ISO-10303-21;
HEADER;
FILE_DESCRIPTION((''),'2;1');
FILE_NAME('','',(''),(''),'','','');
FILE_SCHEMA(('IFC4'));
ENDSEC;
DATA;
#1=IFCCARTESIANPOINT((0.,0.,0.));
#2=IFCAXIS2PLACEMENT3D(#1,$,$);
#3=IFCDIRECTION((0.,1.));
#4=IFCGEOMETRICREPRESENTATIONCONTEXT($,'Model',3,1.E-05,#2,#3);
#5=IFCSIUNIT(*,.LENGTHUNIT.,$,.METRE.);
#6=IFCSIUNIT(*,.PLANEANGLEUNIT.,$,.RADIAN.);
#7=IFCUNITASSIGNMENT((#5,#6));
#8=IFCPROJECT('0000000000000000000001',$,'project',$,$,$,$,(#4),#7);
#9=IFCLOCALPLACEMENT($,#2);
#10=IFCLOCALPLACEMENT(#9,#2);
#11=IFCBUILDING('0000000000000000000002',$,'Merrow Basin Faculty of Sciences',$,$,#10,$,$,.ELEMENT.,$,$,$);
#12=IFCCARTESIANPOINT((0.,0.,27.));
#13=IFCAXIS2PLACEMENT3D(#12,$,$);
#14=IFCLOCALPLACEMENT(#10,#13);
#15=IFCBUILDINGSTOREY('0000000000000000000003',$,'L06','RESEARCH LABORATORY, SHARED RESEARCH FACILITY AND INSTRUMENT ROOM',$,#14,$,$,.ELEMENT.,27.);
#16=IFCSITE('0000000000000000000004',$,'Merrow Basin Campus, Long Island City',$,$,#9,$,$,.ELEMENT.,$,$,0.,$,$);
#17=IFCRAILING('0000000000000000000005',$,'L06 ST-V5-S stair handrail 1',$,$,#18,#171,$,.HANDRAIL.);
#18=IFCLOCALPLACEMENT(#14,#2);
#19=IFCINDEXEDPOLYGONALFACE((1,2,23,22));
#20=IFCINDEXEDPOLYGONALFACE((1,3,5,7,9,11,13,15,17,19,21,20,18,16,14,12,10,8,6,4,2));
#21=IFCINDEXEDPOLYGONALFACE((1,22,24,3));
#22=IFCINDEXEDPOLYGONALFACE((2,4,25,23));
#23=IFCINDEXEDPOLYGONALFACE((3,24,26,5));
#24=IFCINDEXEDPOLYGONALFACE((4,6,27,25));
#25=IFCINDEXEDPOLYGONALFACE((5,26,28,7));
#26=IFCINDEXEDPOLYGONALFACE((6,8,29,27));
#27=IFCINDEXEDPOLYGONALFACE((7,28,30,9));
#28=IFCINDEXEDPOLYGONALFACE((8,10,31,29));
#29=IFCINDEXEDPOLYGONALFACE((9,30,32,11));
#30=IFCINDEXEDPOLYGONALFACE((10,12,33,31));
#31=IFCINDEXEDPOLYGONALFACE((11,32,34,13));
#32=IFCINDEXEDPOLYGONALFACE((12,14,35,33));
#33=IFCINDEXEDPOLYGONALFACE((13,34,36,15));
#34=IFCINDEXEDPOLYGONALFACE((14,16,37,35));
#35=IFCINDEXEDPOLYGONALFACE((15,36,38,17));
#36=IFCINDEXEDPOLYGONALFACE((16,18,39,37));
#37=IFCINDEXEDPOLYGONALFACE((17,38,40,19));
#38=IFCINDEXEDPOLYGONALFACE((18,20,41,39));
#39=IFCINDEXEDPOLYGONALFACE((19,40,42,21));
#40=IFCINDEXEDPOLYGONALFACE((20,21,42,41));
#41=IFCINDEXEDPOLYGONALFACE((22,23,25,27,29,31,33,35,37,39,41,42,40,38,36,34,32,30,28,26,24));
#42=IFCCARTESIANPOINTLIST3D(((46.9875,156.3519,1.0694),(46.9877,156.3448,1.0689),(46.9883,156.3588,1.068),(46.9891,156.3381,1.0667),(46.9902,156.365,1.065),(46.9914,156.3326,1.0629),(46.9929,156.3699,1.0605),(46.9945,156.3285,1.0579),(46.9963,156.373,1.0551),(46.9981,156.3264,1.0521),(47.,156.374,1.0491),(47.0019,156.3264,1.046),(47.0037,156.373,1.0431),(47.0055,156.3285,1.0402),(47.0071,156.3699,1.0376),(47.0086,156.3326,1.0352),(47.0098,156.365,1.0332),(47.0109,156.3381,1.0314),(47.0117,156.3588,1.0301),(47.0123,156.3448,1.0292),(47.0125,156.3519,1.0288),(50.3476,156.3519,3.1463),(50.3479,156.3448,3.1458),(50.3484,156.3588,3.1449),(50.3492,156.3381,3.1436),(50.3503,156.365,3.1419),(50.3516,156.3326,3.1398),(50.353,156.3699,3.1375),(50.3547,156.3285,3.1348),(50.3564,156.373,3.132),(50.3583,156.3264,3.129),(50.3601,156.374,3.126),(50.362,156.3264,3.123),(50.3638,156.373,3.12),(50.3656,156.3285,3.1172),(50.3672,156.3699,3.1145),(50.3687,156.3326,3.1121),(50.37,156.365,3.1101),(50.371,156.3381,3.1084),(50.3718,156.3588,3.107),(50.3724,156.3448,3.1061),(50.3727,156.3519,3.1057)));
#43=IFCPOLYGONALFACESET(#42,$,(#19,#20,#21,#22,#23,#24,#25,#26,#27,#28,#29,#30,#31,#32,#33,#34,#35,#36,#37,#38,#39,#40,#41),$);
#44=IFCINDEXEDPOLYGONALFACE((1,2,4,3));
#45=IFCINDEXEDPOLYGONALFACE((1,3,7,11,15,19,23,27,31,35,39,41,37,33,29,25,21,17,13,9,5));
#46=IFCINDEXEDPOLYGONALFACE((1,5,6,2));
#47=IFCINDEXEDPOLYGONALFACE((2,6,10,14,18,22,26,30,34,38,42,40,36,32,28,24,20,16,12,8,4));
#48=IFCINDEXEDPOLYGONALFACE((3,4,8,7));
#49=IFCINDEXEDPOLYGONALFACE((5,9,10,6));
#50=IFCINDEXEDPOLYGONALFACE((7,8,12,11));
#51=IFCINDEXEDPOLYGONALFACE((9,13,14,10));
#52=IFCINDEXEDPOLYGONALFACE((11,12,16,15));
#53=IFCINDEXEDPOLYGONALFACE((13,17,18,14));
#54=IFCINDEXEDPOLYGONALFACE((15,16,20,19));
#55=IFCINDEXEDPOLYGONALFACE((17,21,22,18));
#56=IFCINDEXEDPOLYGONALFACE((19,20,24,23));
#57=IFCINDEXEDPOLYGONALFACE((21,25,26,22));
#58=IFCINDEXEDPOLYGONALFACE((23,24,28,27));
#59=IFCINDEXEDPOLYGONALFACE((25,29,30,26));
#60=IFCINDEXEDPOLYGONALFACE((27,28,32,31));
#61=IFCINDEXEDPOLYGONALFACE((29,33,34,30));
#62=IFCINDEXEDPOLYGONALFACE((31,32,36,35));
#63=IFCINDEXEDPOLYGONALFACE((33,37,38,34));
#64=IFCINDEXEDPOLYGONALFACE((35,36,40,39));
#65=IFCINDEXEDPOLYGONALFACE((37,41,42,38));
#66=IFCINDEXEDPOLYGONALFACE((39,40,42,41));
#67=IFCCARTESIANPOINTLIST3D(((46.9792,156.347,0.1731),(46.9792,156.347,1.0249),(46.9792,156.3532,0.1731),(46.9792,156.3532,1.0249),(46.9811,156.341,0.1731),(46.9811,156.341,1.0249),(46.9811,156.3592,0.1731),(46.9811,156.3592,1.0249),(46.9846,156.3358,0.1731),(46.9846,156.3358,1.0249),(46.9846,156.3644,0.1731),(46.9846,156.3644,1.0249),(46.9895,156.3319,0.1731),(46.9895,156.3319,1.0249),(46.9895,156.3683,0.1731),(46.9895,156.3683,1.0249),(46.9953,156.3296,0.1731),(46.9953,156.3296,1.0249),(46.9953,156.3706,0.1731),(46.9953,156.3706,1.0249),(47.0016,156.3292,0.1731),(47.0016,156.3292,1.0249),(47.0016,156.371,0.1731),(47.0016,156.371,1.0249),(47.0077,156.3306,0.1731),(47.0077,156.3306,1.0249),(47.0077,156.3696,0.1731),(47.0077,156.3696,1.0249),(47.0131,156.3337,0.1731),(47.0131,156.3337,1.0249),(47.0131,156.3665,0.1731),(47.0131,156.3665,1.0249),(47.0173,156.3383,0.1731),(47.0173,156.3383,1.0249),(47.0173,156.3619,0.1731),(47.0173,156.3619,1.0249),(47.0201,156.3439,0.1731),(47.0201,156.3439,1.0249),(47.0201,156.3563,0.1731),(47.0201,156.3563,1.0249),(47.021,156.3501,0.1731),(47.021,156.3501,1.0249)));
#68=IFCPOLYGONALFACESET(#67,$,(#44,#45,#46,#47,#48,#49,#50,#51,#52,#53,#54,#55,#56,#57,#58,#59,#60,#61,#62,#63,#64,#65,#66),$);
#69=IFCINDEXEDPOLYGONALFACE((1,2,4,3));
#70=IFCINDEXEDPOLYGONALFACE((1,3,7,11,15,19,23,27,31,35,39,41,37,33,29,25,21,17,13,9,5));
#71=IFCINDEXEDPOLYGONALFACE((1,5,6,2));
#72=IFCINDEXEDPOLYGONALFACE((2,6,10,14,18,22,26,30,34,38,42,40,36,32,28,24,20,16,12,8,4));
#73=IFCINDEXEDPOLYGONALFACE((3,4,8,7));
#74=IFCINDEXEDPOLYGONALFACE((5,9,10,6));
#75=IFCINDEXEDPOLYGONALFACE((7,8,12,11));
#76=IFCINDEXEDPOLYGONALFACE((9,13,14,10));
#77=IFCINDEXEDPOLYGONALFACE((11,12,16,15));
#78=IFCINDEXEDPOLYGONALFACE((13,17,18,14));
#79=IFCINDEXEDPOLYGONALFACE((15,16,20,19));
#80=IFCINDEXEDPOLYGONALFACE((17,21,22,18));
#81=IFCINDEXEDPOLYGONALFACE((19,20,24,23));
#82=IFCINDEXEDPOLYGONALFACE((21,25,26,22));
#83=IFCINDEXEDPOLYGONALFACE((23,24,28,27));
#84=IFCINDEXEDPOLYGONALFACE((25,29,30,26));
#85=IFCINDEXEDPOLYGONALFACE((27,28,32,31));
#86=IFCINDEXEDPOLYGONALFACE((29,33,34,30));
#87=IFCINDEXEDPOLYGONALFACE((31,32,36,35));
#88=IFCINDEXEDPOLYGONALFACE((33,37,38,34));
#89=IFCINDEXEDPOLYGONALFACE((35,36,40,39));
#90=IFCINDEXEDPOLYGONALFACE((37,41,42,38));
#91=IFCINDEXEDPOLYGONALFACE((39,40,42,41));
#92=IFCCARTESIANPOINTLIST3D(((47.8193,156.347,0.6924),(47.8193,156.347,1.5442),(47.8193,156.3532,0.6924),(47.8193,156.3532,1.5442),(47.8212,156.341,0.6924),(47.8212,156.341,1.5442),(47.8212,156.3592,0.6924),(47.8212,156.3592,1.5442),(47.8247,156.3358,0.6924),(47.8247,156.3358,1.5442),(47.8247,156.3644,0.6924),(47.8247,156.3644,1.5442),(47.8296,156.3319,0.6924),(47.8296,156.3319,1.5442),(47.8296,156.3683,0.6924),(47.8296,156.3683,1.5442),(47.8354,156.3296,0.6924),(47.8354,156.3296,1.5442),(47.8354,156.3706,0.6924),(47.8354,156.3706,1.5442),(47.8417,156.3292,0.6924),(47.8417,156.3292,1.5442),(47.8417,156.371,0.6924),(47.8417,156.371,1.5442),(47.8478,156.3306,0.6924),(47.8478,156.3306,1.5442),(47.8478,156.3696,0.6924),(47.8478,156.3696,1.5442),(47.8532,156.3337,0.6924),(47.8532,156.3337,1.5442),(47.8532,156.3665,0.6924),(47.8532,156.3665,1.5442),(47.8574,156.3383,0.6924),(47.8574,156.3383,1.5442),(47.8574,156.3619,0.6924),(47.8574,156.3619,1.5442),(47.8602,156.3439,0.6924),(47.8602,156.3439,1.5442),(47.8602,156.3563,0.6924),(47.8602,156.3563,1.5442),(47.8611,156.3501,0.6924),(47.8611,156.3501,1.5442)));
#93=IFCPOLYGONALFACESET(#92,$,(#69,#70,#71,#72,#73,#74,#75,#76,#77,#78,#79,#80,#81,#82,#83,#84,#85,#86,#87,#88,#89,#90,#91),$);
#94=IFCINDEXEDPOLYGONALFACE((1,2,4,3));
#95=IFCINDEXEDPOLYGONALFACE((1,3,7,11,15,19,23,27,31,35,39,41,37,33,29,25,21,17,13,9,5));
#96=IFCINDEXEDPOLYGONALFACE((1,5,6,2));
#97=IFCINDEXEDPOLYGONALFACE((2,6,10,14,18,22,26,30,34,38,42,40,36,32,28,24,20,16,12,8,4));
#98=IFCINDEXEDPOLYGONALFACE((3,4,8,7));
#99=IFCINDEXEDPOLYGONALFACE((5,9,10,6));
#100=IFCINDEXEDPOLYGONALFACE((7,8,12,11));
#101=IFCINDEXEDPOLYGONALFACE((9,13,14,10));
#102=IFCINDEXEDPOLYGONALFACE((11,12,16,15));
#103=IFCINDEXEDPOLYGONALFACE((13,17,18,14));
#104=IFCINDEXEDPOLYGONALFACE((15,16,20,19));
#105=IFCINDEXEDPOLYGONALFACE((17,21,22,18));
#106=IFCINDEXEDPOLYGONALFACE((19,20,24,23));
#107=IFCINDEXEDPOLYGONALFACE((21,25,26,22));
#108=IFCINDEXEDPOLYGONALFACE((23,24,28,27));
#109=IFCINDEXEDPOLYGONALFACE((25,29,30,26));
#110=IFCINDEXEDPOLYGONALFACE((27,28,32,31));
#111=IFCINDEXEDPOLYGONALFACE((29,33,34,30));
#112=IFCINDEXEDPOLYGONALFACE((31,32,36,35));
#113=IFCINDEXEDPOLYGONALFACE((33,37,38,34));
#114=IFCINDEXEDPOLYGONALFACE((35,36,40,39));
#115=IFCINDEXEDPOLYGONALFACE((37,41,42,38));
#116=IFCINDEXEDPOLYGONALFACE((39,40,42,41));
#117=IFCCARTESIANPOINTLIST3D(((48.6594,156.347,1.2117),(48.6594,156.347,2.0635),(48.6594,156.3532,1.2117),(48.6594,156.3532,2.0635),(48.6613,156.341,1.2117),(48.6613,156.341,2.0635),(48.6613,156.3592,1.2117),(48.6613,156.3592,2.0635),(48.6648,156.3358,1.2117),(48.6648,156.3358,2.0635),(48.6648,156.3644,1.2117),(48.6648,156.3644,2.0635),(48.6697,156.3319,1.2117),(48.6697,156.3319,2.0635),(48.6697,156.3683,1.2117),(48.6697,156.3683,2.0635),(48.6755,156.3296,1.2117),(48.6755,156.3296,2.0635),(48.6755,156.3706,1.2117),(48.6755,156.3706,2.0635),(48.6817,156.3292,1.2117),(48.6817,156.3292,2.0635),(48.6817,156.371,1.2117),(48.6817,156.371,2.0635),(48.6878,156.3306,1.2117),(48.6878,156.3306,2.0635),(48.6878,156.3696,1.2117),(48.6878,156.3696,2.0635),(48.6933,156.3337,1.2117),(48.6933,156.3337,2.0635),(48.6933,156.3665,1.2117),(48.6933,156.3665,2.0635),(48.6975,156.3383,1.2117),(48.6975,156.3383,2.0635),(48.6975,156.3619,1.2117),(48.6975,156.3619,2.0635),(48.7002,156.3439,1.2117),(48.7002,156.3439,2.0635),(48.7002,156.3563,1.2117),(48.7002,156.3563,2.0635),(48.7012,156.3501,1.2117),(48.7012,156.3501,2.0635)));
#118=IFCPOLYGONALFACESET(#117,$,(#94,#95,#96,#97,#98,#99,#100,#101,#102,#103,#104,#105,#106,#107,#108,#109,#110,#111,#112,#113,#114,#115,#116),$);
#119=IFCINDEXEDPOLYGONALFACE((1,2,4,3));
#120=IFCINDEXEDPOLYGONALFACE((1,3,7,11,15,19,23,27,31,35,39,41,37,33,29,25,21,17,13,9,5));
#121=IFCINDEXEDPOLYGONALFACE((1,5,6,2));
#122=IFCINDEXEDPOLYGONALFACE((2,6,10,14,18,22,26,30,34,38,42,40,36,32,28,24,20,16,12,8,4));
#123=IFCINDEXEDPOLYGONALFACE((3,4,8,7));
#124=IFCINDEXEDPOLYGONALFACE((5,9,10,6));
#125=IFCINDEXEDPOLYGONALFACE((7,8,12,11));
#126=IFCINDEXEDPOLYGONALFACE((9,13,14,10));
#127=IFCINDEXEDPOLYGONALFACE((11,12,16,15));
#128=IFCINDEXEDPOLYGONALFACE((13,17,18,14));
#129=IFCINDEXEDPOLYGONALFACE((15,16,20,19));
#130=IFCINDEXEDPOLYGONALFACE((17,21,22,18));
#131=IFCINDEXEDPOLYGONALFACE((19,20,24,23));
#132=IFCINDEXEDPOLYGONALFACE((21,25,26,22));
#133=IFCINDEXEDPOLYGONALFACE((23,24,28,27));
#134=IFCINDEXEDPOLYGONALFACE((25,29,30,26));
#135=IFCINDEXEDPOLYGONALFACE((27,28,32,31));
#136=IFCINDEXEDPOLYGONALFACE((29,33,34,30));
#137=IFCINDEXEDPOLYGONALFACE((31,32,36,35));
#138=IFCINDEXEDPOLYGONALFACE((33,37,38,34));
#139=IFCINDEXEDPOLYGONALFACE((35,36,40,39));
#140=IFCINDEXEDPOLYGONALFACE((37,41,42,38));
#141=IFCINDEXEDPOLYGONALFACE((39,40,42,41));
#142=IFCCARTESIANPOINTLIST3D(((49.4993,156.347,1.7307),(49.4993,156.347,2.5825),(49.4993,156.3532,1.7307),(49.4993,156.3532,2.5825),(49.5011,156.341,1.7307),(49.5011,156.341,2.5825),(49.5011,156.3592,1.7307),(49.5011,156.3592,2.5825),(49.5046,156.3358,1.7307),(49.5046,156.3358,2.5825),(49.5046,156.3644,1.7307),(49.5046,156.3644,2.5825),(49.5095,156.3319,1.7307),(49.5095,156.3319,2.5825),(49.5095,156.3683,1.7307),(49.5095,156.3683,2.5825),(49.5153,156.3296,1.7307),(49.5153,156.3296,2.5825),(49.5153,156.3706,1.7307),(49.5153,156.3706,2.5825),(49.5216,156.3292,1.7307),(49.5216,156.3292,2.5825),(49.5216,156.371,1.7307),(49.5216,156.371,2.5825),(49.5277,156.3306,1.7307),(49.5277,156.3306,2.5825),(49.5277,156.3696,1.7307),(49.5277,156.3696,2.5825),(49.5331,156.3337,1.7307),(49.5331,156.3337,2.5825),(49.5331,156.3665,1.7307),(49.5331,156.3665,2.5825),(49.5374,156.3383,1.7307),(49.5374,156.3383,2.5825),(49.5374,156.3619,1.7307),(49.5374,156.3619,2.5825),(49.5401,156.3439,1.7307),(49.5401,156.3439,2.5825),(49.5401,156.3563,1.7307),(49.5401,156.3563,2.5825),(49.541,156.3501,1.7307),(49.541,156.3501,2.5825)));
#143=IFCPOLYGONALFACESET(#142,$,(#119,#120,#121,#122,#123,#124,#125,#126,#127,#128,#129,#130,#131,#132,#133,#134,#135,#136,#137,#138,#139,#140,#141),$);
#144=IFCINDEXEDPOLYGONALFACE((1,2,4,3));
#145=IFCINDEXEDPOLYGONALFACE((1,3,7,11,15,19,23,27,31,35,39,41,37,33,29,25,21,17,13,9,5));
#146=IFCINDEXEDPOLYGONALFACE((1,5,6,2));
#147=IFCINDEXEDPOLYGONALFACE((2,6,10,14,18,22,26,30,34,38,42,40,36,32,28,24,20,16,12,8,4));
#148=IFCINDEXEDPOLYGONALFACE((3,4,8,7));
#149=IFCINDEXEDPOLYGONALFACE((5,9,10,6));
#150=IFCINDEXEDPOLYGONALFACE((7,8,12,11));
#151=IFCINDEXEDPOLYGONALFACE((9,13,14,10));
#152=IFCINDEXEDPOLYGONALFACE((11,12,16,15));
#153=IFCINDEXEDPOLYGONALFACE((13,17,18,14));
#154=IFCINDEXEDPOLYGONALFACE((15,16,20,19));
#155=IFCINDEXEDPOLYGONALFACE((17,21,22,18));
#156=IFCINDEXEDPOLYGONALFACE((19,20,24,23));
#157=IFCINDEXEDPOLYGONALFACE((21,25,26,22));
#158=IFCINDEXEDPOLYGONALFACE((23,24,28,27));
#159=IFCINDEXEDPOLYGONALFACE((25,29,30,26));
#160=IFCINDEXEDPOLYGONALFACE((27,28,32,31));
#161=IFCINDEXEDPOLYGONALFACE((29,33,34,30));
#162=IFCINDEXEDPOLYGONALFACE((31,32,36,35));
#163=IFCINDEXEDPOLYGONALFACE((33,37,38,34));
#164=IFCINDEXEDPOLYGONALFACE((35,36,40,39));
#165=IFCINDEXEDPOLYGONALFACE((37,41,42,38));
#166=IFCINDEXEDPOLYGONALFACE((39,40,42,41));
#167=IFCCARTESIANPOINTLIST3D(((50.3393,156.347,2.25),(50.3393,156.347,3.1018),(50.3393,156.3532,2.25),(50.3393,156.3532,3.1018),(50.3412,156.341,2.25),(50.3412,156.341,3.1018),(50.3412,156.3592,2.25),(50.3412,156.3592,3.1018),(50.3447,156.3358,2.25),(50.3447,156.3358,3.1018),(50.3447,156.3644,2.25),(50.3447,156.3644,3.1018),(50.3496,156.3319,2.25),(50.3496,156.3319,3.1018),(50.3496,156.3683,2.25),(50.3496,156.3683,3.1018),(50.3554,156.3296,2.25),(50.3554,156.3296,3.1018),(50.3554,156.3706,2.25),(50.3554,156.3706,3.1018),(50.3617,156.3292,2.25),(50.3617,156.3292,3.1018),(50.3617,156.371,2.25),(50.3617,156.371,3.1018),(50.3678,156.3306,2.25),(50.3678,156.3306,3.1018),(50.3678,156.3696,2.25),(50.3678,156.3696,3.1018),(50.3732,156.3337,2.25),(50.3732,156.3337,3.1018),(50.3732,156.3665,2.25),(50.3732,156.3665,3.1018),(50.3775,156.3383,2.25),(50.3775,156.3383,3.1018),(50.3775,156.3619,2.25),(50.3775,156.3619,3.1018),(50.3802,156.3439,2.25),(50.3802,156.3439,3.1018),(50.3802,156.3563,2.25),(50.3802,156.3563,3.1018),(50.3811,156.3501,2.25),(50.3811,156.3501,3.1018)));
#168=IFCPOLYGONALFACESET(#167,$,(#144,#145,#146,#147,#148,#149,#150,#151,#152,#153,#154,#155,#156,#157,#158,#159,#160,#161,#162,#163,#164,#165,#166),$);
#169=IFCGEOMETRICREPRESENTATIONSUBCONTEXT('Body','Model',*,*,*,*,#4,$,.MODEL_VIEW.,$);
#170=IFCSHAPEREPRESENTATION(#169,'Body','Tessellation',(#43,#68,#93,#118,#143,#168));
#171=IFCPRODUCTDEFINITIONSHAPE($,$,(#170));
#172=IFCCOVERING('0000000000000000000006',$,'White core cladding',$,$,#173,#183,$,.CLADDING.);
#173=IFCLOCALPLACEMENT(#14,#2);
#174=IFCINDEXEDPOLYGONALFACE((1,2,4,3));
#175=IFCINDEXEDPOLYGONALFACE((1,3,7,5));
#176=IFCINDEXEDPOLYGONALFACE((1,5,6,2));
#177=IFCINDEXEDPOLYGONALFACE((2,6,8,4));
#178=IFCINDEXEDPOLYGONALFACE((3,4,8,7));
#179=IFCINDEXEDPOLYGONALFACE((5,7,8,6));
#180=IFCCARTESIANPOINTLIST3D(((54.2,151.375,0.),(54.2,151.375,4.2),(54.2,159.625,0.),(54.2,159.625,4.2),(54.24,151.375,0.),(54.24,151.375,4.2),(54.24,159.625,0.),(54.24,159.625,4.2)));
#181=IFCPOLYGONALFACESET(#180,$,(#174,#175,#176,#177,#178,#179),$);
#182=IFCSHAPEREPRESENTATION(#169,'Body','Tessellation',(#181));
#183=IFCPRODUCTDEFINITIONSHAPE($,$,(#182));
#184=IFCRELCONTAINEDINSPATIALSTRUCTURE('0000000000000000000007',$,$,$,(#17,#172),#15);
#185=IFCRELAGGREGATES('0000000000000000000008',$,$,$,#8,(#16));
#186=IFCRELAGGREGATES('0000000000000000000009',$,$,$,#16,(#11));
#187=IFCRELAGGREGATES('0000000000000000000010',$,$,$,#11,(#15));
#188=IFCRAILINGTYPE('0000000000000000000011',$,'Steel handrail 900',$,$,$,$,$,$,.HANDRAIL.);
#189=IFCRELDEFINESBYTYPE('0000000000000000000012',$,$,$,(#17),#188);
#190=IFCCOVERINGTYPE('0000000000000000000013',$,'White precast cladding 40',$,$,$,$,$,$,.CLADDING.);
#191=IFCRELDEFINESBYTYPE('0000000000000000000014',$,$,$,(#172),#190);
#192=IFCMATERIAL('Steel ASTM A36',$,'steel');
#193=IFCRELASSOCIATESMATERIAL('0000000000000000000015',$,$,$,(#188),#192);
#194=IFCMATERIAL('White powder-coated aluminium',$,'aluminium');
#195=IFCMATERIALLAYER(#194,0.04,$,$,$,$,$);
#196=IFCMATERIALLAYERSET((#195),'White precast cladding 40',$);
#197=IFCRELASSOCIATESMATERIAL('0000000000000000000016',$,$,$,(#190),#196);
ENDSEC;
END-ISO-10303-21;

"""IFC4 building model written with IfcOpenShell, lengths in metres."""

from ifc_helpers import new_model, si_unit, direction, frame, origin, origin_2d, place, context, subcontext, project, spatial, rectangle, circle, extrude, material, layer, layer_set, type_object, element, save


model = new_model("IFC4")

# Units and contexts
model_context = context("Model", 3, precision=1e-05, world=origin(), true_north=direction((0.0, 1.0)))
body_context = subcontext(model_context, "Body", "Model", "MODEL_VIEW")
ifc_project = project(units=[si_unit("LENGTHUNIT", "METRE"), si_unit("PLANEANGLEUNIT", "RADIAN")], contexts=[model_context])

# Site, building, storey
site_placement = place(None, origin())
site = spatial("IfcSite", under=ifc_project, at=site_placement, Name="Merrow Basin Campus, Long Island City", CompositionType="ELEMENT", RefElevation=0.0)
building_placement = place(site_placement, origin())
building = spatial("IfcBuilding", under=site, at=building_placement, Name="Merrow Basin Faculty of Sciences", CompositionType="ELEMENT")
storey_placement = place(building_placement, frame((0.0, 0.0, 27.0)))
storey = spatial("IfcBuildingStorey", under=building, at=storey_placement, Name="L06", Description="RESEARCH LABORATORY, SHARED RESEARCH FACILITY AND INSTRUMENT ROOM", CompositionType="ELEMENT", Elevation=27.0)

# Railing
ifc_material_1 = material(Name="Steel ASTM A36", Category="steel")
railing_type_1 = type_object("IfcRailingType", Name="Steel handrail 900", PredefinedType="HANDRAIL", material=ifc_material_1)
railing_1_placement = place(storey_placement, frame((47.0, 156.3501, 0.1731)))
element("IfcRailing", 1, at=railing_1_placement, inside=storey, type_object=railing_type_1, Name="L06 ST-V5-S stair handrail 1", PredefinedType="HANDRAIL", context=body_context, shape_type="SweptSolid", body=[
    extrude(circle(Radius=0.0239, at=origin_2d()), frame((0.0, 0.0, 0.876), z_axis=(0.850623, 0.0, 0.525776), x_axis=(0.0, 1.0, 0.0)), (0.0, 0.0, 1.0), 3.9502),
    extrude(circle(Radius=0.021, at=origin_2d()), origin(), (0.0, 0.0, 1.0), 0.8518),
    extrude(circle(Radius=0.021, at=origin_2d()), frame((0.8401, 0.0, 0.5193)), (0.0, 0.0, 1.0), 0.8518),
    extrude(circle(Radius=0.021, at=origin_2d()), frame((1.6802, 0.0, 1.0386)), (0.0, 0.0, 1.0), 0.8518),
    extrude(circle(Radius=0.021, at=origin_2d()), frame((2.52, 0.0, 1.5576)), (0.0, 0.0, 1.0), 0.8518),
    extrude(circle(Radius=0.021, at=origin_2d()), frame((3.3601, 0.0, 2.0769)), (0.0, 0.0, 1.0), 0.8518),
])

# Covering
ifc_material_2 = material(Name="White powder-coated aluminium", Category="aluminium")
ifc_layer_1 = layer(ifc_material_2, 0.04)
ifc_layer_set_1 = layer_set([ifc_layer_1], Name="White precast cladding 40")
covering_type = type_object("IfcCoveringType", Name="White precast cladding 40", PredefinedType="CLADDING", material=ifc_layer_set_1)
covering_placement = place(storey_placement, frame((54.22, 155.5, 0.0), z_axis=(0.0, 0.0, 1.0), x_axis=(1.0, 0.0, 0.0)))
element("IfcCovering", 2, at=covering_placement, inside=storey, type_object=covering_type, Name="White core cladding", PredefinedType="CLADDING", context=body_context, shape_type="SweptSolid", body=[
    extrude(rectangle(XDim=0.04, YDim=8.25, at=origin_2d()), origin(), (0.0, 0.0, 1.0), 4.2),
])

save(model, "model.ifc")
